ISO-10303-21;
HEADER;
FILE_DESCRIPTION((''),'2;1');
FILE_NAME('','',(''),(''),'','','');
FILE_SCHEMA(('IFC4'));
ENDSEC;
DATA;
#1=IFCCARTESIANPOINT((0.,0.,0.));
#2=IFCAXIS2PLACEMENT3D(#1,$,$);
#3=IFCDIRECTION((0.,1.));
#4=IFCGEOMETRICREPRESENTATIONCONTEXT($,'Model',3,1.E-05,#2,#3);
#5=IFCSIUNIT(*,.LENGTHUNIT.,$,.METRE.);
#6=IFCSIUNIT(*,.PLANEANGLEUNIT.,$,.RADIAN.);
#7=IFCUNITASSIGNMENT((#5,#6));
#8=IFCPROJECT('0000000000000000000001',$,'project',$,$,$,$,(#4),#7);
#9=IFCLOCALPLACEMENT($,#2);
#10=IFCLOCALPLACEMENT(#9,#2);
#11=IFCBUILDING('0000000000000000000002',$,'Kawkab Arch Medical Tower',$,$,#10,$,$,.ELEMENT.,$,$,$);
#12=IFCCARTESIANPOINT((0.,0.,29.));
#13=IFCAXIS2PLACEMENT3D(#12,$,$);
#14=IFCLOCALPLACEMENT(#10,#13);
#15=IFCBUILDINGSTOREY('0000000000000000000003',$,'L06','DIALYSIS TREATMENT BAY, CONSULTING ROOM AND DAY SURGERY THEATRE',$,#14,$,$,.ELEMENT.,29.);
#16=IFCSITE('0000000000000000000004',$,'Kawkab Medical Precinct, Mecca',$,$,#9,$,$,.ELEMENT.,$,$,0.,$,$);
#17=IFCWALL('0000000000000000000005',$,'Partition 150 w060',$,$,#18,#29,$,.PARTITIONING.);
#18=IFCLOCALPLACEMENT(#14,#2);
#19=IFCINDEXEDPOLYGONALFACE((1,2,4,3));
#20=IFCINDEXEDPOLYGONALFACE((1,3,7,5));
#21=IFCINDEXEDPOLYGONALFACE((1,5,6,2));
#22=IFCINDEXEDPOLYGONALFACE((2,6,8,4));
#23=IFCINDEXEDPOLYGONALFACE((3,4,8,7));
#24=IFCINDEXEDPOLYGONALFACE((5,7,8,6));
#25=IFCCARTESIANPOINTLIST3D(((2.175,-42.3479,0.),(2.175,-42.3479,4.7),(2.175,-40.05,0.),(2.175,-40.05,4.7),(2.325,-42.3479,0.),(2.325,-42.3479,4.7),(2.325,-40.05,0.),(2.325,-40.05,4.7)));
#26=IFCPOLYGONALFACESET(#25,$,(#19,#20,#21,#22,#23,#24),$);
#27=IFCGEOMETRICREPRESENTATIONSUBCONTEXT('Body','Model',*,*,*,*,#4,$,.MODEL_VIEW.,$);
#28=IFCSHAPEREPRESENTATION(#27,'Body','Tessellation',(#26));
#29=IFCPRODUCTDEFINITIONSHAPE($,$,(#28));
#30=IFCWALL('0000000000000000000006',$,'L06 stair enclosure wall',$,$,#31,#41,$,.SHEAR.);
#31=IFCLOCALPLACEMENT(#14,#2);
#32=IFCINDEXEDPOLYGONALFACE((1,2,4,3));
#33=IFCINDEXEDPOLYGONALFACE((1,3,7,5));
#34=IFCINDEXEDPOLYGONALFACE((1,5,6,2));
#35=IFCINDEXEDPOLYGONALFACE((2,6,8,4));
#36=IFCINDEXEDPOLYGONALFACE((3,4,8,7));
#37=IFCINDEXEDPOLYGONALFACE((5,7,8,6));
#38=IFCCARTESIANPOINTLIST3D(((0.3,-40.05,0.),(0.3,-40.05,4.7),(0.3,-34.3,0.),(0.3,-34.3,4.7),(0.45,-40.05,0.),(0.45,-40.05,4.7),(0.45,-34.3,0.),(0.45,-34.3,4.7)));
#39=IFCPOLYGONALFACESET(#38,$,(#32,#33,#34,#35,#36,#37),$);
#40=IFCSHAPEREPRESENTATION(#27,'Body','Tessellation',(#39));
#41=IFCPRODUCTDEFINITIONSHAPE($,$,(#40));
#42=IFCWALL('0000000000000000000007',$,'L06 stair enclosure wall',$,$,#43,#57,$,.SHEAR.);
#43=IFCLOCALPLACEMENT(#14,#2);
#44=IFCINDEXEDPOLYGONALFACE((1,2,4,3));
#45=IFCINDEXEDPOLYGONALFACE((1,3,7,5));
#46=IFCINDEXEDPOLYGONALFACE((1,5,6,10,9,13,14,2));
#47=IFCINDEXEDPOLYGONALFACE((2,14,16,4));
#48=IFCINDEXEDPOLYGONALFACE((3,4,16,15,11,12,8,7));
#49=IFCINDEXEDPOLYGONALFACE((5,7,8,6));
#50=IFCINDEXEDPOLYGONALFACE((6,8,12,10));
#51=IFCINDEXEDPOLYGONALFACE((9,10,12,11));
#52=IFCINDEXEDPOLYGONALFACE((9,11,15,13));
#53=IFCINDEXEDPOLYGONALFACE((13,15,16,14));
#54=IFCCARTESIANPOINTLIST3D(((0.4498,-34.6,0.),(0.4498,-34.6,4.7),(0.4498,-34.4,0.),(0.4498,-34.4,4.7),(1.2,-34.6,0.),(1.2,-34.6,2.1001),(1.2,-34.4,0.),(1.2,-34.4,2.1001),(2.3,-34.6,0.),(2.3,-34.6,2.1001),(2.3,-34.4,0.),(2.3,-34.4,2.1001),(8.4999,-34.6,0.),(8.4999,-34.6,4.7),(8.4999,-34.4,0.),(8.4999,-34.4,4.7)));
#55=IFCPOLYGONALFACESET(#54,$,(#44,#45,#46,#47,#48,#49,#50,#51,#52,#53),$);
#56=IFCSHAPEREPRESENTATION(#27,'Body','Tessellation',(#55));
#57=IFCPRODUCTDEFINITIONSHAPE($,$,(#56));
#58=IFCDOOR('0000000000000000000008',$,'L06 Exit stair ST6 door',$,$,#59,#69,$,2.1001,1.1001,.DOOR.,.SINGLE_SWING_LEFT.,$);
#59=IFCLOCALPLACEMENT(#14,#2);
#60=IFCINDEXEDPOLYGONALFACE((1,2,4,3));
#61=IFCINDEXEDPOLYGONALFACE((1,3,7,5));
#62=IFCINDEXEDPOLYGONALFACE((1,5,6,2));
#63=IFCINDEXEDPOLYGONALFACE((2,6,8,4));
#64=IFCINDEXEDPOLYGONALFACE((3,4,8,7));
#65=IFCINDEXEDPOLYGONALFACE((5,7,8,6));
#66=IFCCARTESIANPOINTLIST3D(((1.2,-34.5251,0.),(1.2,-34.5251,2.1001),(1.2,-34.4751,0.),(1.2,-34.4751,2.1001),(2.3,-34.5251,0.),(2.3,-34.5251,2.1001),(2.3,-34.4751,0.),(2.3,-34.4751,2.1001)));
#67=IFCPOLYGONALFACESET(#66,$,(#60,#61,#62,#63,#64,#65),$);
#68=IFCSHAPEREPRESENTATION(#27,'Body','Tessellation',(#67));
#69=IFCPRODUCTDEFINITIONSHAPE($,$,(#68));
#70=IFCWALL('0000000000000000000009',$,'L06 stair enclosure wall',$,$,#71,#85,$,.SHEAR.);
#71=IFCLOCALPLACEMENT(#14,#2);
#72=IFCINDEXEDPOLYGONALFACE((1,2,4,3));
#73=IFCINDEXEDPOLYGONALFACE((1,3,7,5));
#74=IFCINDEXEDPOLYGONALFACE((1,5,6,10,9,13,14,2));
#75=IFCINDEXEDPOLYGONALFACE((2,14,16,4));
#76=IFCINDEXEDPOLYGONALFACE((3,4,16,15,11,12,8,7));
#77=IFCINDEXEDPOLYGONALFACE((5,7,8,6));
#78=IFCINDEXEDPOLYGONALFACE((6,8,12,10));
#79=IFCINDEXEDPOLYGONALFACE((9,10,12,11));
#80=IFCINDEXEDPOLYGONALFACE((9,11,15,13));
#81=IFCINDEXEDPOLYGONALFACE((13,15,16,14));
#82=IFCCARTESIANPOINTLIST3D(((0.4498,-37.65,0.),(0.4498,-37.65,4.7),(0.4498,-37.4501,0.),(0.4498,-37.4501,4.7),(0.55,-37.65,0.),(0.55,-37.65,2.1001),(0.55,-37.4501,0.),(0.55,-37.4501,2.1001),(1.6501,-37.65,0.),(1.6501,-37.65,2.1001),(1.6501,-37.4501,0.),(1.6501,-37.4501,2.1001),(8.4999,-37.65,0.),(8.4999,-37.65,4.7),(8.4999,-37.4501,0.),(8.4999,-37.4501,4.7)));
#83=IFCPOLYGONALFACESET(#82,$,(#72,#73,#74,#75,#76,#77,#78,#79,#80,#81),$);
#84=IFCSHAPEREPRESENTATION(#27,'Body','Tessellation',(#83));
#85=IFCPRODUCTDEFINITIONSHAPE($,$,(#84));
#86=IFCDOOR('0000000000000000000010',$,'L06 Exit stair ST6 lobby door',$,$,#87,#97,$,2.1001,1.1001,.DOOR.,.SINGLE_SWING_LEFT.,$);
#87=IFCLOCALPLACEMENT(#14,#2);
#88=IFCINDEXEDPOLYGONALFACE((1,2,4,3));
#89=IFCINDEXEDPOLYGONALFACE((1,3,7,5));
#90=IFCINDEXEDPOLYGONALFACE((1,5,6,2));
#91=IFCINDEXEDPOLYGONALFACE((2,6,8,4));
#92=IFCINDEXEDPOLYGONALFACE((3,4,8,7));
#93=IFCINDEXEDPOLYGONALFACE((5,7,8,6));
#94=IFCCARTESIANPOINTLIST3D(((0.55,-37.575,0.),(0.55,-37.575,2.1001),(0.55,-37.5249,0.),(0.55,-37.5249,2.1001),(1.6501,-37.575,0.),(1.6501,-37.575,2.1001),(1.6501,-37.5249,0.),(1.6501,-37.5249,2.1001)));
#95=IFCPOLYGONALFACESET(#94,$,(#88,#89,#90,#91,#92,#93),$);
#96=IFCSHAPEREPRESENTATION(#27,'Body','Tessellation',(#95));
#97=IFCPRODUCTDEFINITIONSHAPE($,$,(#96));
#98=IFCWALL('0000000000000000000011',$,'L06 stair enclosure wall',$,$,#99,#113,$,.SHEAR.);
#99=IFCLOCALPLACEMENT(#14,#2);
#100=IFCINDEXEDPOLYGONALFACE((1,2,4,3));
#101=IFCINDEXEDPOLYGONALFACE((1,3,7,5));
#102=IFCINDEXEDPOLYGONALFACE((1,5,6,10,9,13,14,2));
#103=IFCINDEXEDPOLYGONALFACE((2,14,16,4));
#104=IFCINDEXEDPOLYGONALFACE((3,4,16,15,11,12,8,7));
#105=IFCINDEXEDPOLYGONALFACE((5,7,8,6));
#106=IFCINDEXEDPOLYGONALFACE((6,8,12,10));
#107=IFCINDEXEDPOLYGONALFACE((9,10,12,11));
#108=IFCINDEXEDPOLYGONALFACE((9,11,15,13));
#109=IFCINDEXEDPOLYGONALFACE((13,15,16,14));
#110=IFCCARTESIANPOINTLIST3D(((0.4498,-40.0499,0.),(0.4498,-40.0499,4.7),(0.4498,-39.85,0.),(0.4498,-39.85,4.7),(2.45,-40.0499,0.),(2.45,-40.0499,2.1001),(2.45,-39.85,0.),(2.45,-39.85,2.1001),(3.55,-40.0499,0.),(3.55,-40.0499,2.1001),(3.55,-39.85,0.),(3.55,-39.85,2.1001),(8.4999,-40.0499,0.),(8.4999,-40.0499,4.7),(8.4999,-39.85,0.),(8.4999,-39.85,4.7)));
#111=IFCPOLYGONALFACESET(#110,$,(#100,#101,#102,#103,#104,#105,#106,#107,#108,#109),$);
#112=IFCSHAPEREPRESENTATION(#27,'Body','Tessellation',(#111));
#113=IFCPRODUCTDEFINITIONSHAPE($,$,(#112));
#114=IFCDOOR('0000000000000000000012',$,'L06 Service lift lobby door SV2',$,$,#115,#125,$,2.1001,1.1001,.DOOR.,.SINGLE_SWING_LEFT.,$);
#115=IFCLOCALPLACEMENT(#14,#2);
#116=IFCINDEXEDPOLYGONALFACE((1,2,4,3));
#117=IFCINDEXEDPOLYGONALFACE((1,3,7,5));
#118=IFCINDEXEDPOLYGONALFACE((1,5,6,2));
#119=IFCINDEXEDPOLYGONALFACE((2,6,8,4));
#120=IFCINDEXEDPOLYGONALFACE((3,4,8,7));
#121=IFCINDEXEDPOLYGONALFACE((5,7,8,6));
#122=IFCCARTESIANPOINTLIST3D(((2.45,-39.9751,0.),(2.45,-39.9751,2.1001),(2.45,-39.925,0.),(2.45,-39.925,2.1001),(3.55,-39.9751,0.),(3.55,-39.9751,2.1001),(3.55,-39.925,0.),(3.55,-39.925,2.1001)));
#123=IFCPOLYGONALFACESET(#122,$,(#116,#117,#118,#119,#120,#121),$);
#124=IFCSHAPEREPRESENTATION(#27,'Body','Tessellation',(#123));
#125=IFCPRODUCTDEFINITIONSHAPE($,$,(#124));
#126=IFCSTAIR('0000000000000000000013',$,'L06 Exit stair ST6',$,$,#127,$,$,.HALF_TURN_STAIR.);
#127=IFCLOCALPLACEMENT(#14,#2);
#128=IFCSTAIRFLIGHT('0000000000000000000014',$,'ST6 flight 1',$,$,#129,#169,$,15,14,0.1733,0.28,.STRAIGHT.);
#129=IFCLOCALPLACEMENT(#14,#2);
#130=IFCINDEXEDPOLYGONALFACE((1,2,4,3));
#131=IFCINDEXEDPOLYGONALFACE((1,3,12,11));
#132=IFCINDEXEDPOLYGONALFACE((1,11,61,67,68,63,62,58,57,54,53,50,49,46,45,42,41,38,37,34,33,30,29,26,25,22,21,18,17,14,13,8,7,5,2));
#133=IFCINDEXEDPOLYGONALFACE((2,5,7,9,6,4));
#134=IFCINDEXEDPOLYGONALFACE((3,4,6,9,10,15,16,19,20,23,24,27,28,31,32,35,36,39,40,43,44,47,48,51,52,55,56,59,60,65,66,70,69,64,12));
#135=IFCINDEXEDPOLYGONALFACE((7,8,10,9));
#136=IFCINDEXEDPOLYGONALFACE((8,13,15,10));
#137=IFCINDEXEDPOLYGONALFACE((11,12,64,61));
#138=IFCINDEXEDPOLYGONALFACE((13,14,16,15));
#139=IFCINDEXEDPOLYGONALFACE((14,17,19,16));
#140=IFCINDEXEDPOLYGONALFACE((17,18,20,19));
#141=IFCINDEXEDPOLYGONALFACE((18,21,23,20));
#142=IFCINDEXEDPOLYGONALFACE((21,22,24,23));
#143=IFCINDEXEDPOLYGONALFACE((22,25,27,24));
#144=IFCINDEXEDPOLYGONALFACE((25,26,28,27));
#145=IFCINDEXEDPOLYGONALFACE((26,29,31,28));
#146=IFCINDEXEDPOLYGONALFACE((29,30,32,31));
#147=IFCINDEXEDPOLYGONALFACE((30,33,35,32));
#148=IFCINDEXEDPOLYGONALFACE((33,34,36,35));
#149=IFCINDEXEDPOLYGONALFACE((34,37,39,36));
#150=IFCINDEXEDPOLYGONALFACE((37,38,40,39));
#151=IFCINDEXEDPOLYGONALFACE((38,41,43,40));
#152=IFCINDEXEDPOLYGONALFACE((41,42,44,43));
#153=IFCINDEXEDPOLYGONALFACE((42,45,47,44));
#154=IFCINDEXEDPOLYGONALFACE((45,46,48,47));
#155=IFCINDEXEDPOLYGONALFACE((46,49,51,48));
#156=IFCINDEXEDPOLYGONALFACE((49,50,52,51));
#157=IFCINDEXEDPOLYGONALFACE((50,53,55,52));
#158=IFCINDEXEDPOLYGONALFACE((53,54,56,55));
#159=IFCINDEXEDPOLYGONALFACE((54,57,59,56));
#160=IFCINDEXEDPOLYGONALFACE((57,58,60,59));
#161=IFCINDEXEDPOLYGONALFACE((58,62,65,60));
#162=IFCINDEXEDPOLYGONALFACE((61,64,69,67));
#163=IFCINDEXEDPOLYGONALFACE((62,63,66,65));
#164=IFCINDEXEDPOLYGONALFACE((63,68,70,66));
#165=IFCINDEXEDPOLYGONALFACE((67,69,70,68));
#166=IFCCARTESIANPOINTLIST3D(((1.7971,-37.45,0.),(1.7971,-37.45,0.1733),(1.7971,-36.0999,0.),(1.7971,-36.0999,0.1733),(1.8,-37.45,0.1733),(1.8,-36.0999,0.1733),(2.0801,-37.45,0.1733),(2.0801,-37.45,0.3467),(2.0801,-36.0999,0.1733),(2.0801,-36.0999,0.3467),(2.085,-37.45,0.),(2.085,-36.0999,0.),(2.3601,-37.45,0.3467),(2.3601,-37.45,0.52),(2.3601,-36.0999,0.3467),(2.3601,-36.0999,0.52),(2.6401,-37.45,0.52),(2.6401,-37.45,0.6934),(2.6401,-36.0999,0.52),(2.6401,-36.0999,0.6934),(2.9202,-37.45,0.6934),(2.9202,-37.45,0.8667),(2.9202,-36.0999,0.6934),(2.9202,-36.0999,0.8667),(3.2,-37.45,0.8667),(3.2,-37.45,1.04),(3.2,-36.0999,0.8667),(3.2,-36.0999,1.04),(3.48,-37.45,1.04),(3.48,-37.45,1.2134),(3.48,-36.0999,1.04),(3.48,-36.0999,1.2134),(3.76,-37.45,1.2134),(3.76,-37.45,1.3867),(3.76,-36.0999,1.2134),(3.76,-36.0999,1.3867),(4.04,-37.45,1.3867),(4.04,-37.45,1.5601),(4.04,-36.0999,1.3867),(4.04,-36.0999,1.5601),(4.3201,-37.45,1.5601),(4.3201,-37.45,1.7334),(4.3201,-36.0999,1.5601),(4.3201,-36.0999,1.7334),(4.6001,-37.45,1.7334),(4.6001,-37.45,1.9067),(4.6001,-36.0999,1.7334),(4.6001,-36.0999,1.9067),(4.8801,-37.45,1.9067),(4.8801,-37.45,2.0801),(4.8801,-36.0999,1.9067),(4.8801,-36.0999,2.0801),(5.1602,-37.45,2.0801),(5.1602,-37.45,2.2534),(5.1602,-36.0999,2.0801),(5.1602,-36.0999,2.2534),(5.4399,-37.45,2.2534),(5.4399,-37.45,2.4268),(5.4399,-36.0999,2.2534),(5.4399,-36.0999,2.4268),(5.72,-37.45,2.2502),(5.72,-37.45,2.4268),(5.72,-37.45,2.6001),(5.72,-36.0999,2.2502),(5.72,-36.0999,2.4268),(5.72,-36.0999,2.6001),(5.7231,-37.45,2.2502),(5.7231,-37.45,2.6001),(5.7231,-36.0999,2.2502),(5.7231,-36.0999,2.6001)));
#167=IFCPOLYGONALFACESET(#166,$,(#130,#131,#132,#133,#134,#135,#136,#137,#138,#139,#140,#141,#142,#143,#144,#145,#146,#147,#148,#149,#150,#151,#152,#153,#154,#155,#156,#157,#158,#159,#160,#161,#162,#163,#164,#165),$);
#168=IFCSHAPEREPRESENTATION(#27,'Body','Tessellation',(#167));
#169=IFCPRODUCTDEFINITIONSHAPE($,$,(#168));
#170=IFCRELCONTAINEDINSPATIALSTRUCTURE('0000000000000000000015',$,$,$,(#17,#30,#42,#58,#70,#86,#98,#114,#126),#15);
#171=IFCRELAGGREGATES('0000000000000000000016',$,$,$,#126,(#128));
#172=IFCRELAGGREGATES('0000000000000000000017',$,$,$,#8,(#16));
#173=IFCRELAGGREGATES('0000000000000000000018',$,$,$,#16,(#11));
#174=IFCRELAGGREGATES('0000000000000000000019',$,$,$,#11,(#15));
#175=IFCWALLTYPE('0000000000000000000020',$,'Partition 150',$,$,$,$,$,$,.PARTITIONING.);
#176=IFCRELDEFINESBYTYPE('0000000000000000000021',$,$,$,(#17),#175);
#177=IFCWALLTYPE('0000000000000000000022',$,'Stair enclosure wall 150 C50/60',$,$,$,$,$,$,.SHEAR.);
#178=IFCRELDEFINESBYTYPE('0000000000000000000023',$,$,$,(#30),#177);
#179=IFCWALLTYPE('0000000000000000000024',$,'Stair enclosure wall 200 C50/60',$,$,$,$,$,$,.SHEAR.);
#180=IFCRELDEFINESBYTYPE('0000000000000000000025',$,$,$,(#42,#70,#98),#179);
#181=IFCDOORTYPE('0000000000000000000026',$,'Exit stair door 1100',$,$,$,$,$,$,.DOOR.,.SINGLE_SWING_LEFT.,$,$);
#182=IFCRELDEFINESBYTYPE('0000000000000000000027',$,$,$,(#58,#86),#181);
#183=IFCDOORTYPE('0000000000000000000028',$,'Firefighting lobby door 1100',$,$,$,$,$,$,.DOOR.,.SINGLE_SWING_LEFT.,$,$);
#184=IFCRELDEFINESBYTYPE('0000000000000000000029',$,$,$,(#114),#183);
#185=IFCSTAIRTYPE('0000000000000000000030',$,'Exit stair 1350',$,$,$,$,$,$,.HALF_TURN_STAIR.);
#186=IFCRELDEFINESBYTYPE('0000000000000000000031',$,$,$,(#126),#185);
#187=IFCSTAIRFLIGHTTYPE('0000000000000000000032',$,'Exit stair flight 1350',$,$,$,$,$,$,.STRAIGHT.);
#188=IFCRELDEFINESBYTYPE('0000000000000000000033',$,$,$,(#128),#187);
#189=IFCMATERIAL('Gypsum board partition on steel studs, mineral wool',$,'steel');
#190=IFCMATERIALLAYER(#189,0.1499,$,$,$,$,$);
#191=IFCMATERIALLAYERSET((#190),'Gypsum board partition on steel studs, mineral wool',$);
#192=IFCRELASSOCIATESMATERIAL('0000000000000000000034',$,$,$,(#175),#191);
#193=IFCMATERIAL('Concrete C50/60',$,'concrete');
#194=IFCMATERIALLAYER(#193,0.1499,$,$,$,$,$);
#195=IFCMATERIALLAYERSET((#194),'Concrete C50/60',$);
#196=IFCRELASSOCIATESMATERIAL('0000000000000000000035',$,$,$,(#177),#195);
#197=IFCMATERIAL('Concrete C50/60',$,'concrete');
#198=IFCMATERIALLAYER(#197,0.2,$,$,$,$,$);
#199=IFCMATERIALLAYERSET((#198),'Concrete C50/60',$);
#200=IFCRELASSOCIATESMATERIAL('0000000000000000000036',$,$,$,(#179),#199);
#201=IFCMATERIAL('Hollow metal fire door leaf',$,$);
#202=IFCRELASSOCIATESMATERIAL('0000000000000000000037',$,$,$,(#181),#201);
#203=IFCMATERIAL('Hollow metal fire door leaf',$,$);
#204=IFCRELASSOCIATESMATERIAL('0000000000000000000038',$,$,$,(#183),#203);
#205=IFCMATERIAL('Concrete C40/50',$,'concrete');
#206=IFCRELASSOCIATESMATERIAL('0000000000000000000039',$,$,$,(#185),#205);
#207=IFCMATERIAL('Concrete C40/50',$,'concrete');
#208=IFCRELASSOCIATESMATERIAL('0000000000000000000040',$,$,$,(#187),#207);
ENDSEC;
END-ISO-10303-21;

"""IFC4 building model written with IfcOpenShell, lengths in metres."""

from ifc_helpers import new_model, si_unit, direction, frame, frame_2d, origin, place, context, subcontext, project, spatial, polyline, rectangle, outline, extrude, material, layer, layer_set, type_object, element, fill, aggregate, save


model = new_model("IFC4")

# Units and contexts
model_context = context("Model", 3, precision=1e-05, world=origin(), true_north=direction((0.0, 1.0)))
body_context = subcontext(model_context, "Body", "Model", "MODEL_VIEW")
ifc_project = project(units=[si_unit("LENGTHUNIT", "METRE"), si_unit("PLANEANGLEUNIT", "RADIAN")], contexts=[model_context])

# Site, building, storey
site_placement = place(None, origin())
site = spatial("IfcSite", under=ifc_project, at=site_placement, Name="Kawkab Medical Precinct, Mecca", CompositionType="ELEMENT", RefElevation=0.0)
building_placement = place(site_placement, origin())
building = spatial("IfcBuilding", under=site, at=building_placement, Name="Kawkab Arch Medical Tower", CompositionType="ELEMENT")
storey_placement = place(building_placement, frame((0.0, 0.0, 29.0)))
storey = spatial("IfcBuildingStorey", under=building, at=storey_placement, Name="L06", Description="DIALYSIS TREATMENT BAY, CONSULTING ROOM AND DAY SURGERY THEATRE", CompositionType="ELEMENT", Elevation=29.0)

# Shared definitions
ifc_material_1 = material(Name="Gypsum board partition on steel studs, mineral wool", Category="steel")
ifc_layer_1 = layer(ifc_material_1, 0.1499)
ifc_layer_set_1 = layer_set([ifc_layer_1], Name="Gypsum board partition on steel studs, mineral wool")
wall_type_1 = type_object("IfcWallType", Name="Partition 150", PredefinedType="PARTITIONING", material=ifc_layer_set_1)

# Walls
wall_1_placement = place(storey_placement, frame((2.25, -42.3479, 0.0), z_axis=(0.0, 0.0, 1.0), x_axis=(0.0, 1.0, 0.0)))
element("IfcWall", 1, at=wall_1_placement, inside=storey, type_object=wall_type_1, Name="Partition 150 w060", PredefinedType="PARTITIONING", context=body_context, shape_type="SweptSolid", body=[
    extrude(rectangle(XDim=2.2979, YDim=0.1499, at=frame_2d((1.1489, 0.0))), origin(), (0.0, 0.0, 1.0), 4.7),
])
ifc_material_2 = material(Name="Concrete C50/60", Category="concrete")
ifc_layer_2 = layer(ifc_material_2, 0.1499)
ifc_layer_set_2 = layer_set([ifc_layer_2], Name="Concrete C50/60")
wall_type_2 = type_object("IfcWallType", Name="Stair enclosure wall 150 C50/60", PredefinedType="SHEAR", material=ifc_layer_set_2)
wall_2_placement = place(storey_placement, frame((0.375, -40.05, 0.0), z_axis=(0.0, 0.0, 1.0), x_axis=(0.0, 1.0, 0.0)))
element("IfcWall", 2, at=wall_2_placement, inside=storey, type_object=wall_type_2, Name="L06 stair enclosure wall", PredefinedType="SHEAR", context=body_context, shape_type="SweptSolid", body=[
    extrude(rectangle(XDim=5.75, YDim=0.1499, at=frame_2d((2.875, 0.0))), origin(), (0.0, 0.0, 1.0), 4.7),
])

# Walls, openings, doors
ifc_material_3 = material(Name="Concrete C50/60", Category="concrete")
ifc_layer_3 = layer(ifc_material_3, 0.2)
ifc_layer_set_3 = layer_set([ifc_layer_3], Name="Concrete C50/60")
wall_type_3 = type_object("IfcWallType", Name="Stair enclosure wall 200 C50/60", PredefinedType="SHEAR", material=ifc_layer_set_3)
wall_3_placement = place(storey_placement, frame((0.45, -34.5, 0.0), z_axis=(0.0, 0.0, 1.0), x_axis=(1.0, 0.0, 0.0)))
wall_3 = element("IfcWall", 3, at=wall_3_placement, inside=storey, type_object=wall_type_3, Name="L06 stair enclosure wall", PredefinedType="SHEAR", context=body_context, shape_type="SweptSolid", body=[
    extrude(rectangle(XDim=8.05, YDim=0.2, at=frame_2d((4.0249, 0.0))), origin(), (0.0, 0.0, 1.0), 4.7),
])
opening_1_placement = place(wall_3_placement, frame((0.75, 0.0, 0.0)))
opening_1 = element("IfcOpeningElement", 4, at=opening_1_placement, cuts=wall_3, PredefinedType="OPENING", context=body_context, shape_type="SweptSolid", body=[
    extrude(rectangle(XDim=1.1001, YDim=2.1001, at=frame_2d((0.55, 1.05))), frame((0.0, 0.1099, 0.0), z_axis=(0.0, -1.0, 0.0), x_axis=(1.0, 0.0, 0.0)), (0.0, 0.0, 1.0), 0.22),
])
ifc_material_4 = material(Name="Hollow metal fire door leaf")
door_type_1 = type_object("IfcDoorType", Name="Exit stair door 1100", OperationType="SINGLE_SWING_LEFT", PredefinedType="DOOR", material=ifc_material_4)
door_1_placement = place(opening_1_placement, origin())
door_1 = element("IfcDoor", 5, at=door_1_placement, inside=storey, type_object=door_type_1, Name="L06 Exit stair ST6 door", OperationType="SINGLE_SWING_LEFT", OverallHeight=2.1001, OverallWidth=1.1001, PredefinedType="DOOR", context=body_context, shape_type="SweptSolid", body=[
    extrude(rectangle(XDim=1.1001, YDim=2.1001, at=frame_2d((0.55, 1.05))), frame((0.0, 0.0249, 0.0), z_axis=(0.0, -1.0, 0.0), x_axis=(1.0, 0.0, 0.0)), (0.0, 0.0, 1.0), 0.05),
])
fill(opening_1, door_1)
wall_4_placement = place(storey_placement, frame((0.45, -37.55, 0.0), z_axis=(0.0, 0.0, 1.0), x_axis=(1.0, 0.0, 0.0)))
wall_4 = element("IfcWall", 6, at=wall_4_placement, inside=storey, type_object=wall_type_3, Name="L06 stair enclosure wall", PredefinedType="SHEAR", context=body_context, shape_type="SweptSolid", body=[
    extrude(rectangle(XDim=8.05, YDim=0.2, at=frame_2d((4.0249, 0.0))), origin(), (0.0, 0.0, 1.0), 4.7),
])
opening_2_placement = place(wall_4_placement, frame((0.1001, 0.0, 0.0)))
opening_2 = element("IfcOpeningElement", 7, at=opening_2_placement, cuts=wall_4, PredefinedType="OPENING", context=body_context, shape_type="SweptSolid", body=[
    extrude(rectangle(XDim=1.1001, YDim=2.1001, at=frame_2d((0.55, 1.05))), frame((0.0, 0.1099, 0.0), z_axis=(0.0, -1.0, 0.0), x_axis=(1.0, 0.0, 0.0)), (0.0, 0.0, 1.0), 0.22),
])
door_2_placement = place(opening_2_placement, frame((1.1001, 0.0, 0.0), z_axis=(0.0, 0.0, 1.0), x_axis=(-1.0, 0.0, 0.0)))
door_2 = element("IfcDoor", 8, at=door_2_placement, inside=storey, type_object=door_type_1, Name="L06 Exit stair ST6 lobby door", OperationType="SINGLE_SWING_LEFT", OverallHeight=2.1001, OverallWidth=1.1001, PredefinedType="DOOR", context=body_context, shape_type="SweptSolid", body=[
    extrude(rectangle(XDim=1.1001, YDim=2.1001, at=frame_2d((0.55, 1.05))), frame((0.0, 0.0249, 0.0), z_axis=(0.0, -1.0, 0.0), x_axis=(1.0, 0.0, 0.0)), (0.0, 0.0, 1.0), 0.05),
])
fill(opening_2, door_2)
wall_5_placement = place(storey_placement, frame((0.45, -39.95, 0.0), z_axis=(0.0, 0.0, 1.0), x_axis=(1.0, 0.0, 0.0)))
wall_5 = element("IfcWall", 9, at=wall_5_placement, inside=storey, type_object=wall_type_3, Name="L06 stair enclosure wall", PredefinedType="SHEAR", context=body_context, shape_type="SweptSolid", body=[
    extrude(rectangle(XDim=8.05, YDim=0.2, at=frame_2d((4.0249, 0.0))), origin(), (0.0, 0.0, 1.0), 4.7),
])
opening_3_placement = place(wall_5_placement, frame((2.0, 0.0, 0.0)))
opening_3 = element("IfcOpeningElement", 10, at=opening_3_placement, cuts=wall_5, PredefinedType="OPENING", context=body_context, shape_type="SweptSolid", body=[
    extrude(rectangle(XDim=1.1001, YDim=2.1001, at=frame_2d((0.55, 1.05))), frame((0.0, 0.1099, 0.0), z_axis=(0.0, -1.0, 0.0), x_axis=(1.0, 0.0, 0.0)), (0.0, 0.0, 1.0), 0.22),
])
ifc_material_5 = material(Name="Hollow metal fire door leaf")
door_type_2 = type_object("IfcDoorType", Name="Firefighting lobby door 1100", OperationType="SINGLE_SWING_LEFT", PredefinedType="DOOR", material=ifc_material_5)
door_3_placement = place(opening_3_placement, origin())
door_3 = element("IfcDoor", 11, at=door_3_placement, inside=storey, type_object=door_type_2, Name="L06 Service lift lobby door SV2", OperationType="SINGLE_SWING_LEFT", OverallHeight=2.1001, OverallWidth=1.1001, PredefinedType="DOOR", context=body_context, shape_type="SweptSolid", body=[
    extrude(rectangle(XDim=1.1001, YDim=2.1001, at=frame_2d((0.55, 1.05))), frame((0.0, 0.0249, 0.0), z_axis=(0.0, -1.0, 0.0), x_axis=(1.0, 0.0, 0.0)), (0.0, 0.0, 1.0), 0.05),
])
fill(opening_3, door_3)

# Stair, stair flight
ifc_material_6 = material(Name="Concrete C40/50", Category="concrete")
stair_type = type_object("IfcStairType", Name="Exit stair 1350", PredefinedType="HALF_TURN_STAIR", material=ifc_material_6)
stair_placement = place(storey_placement, origin())
stair = element("IfcStair", 12, at=stair_placement, inside=storey, type_object=stair_type, Name="L06 Exit stair ST6", PredefinedType="HALF_TURN_STAIR")
ifc_material_7 = material(Name="Concrete C40/50", Category="concrete")
stair_flight_type = type_object("IfcStairFlightType", Name="Exit stair flight 1350", PredefinedType="STRAIGHT", material=ifc_material_7)
stair_flight_placement = place(storey_placement, frame((1.8, -36.7749, 0.0), z_axis=(0.0, 0.0, 1.0), x_axis=(1.0, 0.0, 0.0)))
stair_flight = element("IfcStairFlight", 13, at=stair_flight_placement, type_object=stair_flight_type, Name="ST6 flight 1", NumberOfRisers=15, NumberOfTreads=14, PredefinedType="STRAIGHT", RiserHeight=0.1733, TreadLength=0.28, context=body_context, shape_type="SweptSolid", body=[
    extrude(outline(polyline([(-0.0029, 0.0), (-0.0029, 0.1733), (0.0, 0.1733), (0.28, 0.1733), (0.28, 0.3467), (0.5601, 0.3467), (0.5601, 0.52), (0.8401, 0.52), (0.8401, 0.6934), (1.1201, 0.6934), (1.1201, 0.8667), (1.3999, 0.8667), (1.3999, 1.04), (1.6799, 1.04), (1.6799, 1.2134), (1.96, 1.2134), (1.96, 1.3867), (2.24, 1.3867), (2.24, 1.5601), (2.52, 1.5601), (2.52, 1.7334), (2.8, 1.7334), (2.8, 1.9067), (3.0801, 1.9067), (3.0801, 2.0801), (3.3601, 2.0801), (3.3601, 2.2534), (3.6399, 2.2534), (3.6399, 2.4268), (3.9199, 2.4268), (3.9199, 2.6001), (3.9231, 2.6001), (3.9231, 2.2502), (3.9199, 2.2502), (0.2849, 0.0), (-0.0029, 0.0)])), frame((0.0, 0.675, 0.0), z_axis=(0.0, -1.0, 0.0), x_axis=(1.0, 0.0, 0.0)), (0.0, 0.0, 1.0), 1.3501),
])
aggregate(stair, [stair_flight])

save(model, "model.ifc")
